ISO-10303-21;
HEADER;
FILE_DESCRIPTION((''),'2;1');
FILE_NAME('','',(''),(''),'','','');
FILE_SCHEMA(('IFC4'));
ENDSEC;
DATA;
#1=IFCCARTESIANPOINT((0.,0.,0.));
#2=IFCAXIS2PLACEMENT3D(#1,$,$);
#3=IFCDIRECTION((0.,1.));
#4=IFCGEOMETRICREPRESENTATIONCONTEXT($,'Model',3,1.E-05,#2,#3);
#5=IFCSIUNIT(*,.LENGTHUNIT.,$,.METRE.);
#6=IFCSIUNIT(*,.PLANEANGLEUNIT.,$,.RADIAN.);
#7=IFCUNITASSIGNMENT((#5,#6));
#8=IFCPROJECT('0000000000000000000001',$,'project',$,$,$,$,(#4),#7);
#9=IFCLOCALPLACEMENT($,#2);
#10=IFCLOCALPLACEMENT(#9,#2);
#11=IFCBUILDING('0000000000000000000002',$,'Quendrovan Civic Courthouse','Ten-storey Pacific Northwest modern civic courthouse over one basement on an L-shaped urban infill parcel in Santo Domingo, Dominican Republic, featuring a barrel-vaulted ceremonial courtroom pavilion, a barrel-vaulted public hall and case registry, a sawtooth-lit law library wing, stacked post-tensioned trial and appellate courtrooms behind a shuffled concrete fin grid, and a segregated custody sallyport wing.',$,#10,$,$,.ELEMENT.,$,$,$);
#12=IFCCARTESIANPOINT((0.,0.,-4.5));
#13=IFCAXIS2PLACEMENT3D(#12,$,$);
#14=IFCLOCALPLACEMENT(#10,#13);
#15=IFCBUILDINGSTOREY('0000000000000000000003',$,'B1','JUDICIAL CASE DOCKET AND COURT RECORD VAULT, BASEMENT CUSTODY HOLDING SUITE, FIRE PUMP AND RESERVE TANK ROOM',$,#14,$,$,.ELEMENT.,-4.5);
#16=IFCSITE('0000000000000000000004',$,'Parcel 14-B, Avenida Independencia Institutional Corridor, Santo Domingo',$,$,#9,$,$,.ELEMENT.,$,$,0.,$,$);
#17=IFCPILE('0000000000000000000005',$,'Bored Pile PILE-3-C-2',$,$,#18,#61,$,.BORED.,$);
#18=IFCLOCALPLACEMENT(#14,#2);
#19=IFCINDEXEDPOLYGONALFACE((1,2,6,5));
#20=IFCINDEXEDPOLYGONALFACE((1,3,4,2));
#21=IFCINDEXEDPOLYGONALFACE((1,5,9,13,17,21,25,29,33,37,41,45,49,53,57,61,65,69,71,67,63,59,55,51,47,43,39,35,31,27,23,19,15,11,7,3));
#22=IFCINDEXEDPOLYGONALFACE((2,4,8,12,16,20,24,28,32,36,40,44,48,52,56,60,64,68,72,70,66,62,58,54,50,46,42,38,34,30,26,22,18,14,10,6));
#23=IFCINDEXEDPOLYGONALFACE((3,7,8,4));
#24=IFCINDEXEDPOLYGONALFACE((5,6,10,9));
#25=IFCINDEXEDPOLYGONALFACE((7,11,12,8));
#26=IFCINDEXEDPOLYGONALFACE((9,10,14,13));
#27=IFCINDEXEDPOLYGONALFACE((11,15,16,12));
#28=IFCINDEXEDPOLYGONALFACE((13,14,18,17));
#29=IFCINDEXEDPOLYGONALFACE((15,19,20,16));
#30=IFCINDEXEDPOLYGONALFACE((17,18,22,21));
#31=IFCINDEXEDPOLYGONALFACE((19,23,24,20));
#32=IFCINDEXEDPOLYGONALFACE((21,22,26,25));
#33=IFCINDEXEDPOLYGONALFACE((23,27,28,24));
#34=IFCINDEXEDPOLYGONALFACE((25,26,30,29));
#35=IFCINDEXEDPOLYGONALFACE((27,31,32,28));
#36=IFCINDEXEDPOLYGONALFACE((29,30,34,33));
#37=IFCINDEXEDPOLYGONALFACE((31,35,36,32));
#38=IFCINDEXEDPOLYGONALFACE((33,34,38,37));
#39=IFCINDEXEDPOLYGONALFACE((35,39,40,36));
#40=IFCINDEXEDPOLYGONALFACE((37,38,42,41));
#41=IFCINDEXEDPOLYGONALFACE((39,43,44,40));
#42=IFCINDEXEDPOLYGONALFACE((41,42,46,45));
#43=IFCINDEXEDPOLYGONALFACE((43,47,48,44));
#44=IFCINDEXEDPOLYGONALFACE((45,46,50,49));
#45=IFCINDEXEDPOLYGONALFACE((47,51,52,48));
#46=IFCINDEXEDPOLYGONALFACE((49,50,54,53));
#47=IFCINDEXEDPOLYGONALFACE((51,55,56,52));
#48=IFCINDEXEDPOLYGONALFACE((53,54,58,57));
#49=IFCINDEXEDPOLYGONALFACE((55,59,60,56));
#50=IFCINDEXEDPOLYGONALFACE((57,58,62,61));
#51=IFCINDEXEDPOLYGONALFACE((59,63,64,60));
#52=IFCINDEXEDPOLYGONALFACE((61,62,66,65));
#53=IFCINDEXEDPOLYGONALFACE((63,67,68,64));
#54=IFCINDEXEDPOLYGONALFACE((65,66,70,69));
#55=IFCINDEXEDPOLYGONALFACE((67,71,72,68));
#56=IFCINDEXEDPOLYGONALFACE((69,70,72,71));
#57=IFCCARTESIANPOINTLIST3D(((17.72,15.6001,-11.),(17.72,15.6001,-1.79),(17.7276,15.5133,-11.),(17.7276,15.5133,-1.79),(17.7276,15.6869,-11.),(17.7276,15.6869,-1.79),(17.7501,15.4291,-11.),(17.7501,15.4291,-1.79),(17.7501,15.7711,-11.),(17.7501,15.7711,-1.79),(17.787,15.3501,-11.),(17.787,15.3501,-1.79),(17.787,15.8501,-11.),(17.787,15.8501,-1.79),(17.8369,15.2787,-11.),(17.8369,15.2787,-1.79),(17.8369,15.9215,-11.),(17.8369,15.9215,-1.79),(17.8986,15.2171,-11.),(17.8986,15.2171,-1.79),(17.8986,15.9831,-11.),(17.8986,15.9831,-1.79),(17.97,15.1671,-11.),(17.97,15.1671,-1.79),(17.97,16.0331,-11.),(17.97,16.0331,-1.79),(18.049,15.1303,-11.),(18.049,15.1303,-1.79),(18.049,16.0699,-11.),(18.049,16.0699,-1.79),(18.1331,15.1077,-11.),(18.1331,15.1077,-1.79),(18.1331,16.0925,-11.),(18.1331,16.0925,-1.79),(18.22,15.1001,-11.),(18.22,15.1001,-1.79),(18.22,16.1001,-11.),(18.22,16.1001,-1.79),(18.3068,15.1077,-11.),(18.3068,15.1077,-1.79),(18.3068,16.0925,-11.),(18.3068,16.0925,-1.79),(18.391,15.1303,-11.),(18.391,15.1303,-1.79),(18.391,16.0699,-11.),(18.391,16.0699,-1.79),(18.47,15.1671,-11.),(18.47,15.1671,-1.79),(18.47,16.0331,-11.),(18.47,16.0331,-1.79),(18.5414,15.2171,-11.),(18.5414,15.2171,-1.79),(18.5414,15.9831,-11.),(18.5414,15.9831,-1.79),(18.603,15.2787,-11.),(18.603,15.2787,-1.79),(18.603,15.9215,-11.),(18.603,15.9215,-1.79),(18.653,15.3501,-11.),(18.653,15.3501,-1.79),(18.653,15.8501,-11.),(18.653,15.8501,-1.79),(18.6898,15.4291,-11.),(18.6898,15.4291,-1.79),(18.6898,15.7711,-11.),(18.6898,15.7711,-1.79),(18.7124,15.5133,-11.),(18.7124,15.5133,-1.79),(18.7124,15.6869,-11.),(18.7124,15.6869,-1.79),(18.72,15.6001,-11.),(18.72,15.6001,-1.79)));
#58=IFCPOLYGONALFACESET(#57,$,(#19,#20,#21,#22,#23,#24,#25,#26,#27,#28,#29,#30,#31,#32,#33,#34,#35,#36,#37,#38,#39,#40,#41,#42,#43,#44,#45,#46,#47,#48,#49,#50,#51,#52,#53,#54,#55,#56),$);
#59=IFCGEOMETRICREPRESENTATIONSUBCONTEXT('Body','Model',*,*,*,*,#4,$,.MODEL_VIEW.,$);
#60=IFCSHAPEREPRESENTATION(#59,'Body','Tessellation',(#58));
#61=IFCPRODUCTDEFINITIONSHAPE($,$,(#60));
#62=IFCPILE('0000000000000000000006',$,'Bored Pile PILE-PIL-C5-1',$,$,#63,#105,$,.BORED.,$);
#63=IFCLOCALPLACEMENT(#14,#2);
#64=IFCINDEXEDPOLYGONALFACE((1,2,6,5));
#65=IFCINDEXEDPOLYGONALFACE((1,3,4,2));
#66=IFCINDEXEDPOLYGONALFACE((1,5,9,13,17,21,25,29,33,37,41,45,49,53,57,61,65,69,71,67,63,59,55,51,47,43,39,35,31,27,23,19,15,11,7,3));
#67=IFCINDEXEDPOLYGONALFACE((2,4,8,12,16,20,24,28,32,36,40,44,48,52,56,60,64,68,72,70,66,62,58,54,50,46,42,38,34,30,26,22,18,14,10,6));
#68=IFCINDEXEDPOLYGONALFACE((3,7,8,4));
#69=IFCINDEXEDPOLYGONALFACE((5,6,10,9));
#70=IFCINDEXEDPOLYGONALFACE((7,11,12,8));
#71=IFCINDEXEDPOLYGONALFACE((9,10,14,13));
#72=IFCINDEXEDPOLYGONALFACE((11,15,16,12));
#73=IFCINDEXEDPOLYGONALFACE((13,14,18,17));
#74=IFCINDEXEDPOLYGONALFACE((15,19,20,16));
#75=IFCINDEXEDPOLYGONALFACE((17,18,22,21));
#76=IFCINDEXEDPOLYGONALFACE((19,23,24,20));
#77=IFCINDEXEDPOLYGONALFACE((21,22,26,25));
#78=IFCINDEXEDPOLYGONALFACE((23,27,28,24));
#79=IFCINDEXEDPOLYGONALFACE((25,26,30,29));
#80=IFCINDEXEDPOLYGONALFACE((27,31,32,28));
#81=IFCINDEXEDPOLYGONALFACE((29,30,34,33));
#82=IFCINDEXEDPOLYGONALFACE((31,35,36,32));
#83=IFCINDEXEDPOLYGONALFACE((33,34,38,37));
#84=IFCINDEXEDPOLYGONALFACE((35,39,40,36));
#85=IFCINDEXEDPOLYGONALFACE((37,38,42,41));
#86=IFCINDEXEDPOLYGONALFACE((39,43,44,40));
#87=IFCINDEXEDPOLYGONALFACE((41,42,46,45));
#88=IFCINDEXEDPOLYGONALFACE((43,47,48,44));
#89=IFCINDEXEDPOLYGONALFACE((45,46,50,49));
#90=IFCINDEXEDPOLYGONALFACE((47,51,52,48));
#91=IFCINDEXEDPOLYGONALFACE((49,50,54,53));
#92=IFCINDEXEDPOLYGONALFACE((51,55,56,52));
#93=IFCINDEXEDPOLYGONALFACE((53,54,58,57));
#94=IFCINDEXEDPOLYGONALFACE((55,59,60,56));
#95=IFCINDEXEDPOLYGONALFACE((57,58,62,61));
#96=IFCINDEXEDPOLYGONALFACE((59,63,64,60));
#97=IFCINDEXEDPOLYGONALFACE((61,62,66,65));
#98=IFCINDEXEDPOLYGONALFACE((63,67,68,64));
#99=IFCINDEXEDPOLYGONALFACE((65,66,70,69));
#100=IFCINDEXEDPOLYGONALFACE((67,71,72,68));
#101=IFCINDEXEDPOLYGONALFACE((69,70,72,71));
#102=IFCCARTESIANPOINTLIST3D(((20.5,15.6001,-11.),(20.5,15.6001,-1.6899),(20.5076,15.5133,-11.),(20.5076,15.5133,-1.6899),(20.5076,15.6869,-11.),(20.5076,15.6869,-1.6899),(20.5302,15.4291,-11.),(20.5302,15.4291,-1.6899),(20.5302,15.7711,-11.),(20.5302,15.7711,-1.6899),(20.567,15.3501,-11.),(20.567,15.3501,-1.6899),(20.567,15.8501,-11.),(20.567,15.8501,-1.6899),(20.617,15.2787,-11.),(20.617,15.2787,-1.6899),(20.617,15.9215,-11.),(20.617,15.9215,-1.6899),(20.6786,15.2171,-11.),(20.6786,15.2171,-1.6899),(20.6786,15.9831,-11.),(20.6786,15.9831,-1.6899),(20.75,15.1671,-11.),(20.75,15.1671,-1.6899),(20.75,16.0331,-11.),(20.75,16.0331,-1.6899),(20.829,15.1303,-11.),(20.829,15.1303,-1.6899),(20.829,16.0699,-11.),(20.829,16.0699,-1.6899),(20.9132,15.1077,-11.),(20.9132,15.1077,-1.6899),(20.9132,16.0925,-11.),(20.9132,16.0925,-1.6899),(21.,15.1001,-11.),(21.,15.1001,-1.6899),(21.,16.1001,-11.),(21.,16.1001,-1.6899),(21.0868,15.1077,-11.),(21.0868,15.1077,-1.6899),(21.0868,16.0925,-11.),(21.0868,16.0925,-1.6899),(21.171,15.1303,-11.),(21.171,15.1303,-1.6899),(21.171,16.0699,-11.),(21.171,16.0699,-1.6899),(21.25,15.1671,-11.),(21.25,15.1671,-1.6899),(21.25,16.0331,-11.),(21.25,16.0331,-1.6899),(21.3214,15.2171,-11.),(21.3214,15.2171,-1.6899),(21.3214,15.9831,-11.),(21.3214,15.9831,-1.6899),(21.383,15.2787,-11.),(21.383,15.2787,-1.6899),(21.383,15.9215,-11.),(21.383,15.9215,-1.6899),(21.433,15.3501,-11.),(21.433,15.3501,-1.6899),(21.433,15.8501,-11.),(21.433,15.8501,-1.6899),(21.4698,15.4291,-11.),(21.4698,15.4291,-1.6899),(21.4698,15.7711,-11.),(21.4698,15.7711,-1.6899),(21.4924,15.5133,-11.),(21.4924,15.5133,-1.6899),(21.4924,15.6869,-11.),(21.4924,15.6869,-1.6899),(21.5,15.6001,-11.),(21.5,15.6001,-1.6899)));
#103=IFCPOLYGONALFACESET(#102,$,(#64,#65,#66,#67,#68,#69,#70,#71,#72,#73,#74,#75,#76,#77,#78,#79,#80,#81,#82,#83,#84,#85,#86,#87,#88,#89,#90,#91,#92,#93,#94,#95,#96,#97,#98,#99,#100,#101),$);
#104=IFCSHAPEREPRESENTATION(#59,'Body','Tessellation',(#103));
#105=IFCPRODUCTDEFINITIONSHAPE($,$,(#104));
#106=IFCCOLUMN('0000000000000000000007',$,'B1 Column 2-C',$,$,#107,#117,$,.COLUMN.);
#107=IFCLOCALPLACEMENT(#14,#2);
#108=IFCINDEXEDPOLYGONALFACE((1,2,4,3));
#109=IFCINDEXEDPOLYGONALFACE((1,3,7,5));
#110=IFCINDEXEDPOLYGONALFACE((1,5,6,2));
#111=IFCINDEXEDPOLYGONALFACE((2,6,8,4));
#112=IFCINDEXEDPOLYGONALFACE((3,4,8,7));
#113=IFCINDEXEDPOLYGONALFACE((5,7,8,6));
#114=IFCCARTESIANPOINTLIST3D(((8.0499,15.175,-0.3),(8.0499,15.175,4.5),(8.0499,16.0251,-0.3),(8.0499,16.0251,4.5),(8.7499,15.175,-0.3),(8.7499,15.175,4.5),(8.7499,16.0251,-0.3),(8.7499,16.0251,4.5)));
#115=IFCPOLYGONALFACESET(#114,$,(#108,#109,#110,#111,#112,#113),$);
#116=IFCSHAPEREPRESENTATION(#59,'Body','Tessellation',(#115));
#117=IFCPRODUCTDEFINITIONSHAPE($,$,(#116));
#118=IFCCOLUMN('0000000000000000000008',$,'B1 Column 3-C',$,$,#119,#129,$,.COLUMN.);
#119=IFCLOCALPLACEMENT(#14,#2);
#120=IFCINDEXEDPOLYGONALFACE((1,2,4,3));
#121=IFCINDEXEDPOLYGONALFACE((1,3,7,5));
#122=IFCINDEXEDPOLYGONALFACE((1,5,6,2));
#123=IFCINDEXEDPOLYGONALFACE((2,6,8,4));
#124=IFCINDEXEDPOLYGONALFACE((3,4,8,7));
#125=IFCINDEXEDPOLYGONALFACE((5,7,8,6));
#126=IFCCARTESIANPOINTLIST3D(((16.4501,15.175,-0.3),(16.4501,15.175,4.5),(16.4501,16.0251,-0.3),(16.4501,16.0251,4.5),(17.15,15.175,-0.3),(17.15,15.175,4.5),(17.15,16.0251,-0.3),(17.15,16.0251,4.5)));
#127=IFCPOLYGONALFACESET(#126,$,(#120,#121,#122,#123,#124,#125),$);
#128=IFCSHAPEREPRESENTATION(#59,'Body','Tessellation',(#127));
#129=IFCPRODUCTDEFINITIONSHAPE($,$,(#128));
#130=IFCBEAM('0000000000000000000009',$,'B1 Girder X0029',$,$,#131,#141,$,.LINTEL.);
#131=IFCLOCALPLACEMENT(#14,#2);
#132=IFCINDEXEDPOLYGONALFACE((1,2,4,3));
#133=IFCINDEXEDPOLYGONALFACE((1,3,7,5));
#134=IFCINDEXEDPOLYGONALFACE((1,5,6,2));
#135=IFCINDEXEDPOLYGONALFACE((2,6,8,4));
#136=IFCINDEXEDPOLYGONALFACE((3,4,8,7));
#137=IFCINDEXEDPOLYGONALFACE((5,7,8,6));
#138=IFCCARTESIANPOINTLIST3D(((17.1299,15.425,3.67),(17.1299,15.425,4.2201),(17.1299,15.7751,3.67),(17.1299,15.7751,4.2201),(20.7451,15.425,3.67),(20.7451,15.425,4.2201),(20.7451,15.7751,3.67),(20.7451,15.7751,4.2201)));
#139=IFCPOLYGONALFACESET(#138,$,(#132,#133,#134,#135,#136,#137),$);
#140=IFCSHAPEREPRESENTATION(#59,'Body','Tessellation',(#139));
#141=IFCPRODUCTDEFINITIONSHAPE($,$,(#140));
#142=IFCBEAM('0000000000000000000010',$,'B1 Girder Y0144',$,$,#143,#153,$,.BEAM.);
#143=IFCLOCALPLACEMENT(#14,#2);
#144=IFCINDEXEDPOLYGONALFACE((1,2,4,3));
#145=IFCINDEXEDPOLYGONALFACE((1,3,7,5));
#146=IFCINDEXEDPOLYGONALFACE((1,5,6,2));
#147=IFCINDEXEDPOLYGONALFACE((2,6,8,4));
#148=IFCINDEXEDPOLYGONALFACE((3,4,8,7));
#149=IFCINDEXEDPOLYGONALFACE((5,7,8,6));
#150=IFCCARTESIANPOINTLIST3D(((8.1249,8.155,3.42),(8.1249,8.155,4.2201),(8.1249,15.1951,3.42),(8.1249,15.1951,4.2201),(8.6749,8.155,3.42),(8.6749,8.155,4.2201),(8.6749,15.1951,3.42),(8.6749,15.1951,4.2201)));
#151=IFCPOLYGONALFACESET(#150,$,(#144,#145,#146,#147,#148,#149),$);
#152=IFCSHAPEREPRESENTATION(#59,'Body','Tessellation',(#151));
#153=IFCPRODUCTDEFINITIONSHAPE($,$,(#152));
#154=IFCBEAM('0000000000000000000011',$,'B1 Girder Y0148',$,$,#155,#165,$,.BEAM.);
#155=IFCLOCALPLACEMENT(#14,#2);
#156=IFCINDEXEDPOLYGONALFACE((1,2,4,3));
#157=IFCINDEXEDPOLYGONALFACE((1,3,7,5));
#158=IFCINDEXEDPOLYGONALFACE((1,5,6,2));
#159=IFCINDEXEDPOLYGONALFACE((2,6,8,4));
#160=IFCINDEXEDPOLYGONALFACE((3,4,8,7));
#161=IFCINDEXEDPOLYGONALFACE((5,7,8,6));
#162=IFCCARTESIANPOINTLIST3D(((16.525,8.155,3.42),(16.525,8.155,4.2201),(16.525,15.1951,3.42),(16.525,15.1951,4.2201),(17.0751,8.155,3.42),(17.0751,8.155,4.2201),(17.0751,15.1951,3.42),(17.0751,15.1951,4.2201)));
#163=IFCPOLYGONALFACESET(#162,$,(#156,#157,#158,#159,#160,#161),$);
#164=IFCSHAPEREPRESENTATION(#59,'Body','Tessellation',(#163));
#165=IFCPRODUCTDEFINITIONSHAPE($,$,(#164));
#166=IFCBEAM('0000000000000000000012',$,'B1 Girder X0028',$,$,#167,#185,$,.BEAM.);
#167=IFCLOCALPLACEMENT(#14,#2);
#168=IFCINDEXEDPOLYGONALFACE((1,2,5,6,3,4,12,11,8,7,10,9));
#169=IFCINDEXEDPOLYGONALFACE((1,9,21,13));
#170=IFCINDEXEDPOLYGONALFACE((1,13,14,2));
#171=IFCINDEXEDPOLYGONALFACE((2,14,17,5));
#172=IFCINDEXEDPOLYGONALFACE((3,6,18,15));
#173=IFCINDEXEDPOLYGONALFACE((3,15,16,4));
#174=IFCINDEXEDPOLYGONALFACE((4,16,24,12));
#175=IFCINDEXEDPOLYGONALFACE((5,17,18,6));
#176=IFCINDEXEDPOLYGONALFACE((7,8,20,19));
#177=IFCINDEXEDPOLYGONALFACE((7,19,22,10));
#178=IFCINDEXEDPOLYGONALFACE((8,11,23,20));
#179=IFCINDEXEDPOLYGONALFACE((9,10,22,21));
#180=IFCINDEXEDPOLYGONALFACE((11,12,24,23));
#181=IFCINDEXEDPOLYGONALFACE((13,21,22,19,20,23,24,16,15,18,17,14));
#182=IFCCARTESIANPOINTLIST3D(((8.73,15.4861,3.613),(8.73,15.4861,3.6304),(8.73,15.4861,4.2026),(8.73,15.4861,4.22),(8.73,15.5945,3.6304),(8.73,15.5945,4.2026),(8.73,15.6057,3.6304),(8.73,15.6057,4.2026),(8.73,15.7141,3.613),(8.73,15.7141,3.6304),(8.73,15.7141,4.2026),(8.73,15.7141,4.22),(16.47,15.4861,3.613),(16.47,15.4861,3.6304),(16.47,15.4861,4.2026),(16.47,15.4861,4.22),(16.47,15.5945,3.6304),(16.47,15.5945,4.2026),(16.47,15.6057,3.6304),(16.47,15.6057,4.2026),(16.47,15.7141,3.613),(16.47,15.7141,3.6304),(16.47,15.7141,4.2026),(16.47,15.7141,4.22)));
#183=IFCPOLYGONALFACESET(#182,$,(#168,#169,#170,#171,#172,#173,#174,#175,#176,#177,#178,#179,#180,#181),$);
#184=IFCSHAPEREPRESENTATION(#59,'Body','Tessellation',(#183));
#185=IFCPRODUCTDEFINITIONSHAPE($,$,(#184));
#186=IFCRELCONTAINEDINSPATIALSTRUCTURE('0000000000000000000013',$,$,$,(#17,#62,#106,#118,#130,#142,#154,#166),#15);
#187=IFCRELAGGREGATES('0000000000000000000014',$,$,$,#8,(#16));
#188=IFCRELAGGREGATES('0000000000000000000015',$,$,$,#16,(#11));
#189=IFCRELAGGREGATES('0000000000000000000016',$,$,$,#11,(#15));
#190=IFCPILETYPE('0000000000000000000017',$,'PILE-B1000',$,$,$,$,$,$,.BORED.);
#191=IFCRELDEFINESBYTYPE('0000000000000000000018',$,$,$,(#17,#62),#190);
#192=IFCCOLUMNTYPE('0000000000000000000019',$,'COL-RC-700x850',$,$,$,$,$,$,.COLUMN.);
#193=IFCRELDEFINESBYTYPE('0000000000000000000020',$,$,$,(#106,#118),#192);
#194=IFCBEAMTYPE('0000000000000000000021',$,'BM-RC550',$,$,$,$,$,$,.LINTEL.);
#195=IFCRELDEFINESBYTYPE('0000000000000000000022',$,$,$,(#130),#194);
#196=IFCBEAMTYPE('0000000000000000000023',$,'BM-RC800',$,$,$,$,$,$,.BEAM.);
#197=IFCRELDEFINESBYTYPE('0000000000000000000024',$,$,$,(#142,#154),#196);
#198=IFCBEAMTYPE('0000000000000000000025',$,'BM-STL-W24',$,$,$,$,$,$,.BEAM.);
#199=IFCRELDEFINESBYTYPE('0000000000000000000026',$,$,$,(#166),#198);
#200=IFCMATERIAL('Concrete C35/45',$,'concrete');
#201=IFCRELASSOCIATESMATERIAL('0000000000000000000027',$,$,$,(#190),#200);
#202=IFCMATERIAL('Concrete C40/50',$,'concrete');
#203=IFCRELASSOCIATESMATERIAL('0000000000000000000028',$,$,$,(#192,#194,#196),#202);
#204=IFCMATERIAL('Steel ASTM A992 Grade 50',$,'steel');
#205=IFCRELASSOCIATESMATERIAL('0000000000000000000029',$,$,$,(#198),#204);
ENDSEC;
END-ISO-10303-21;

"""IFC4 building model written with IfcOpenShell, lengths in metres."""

from ifc_helpers import new_model, si_unit, direction, frame, origin, origin_2d, place, context, subcontext, project, spatial, rectangle, circle, i_section, extrude, material, material_profile, profile_set, type_object, element, save


model = new_model("IFC4")

# Units and contexts
model_context = context("Model", 3, precision=1e-05, world=origin(), true_north=direction((0.0, 1.0)))
body_context = subcontext(model_context, "Body", "Model", "MODEL_VIEW")
ifc_project = project(units=[si_unit("LENGTHUNIT", "METRE"), si_unit("PLANEANGLEUNIT", "RADIAN")], contexts=[model_context])

# Site, building, storey
site_placement = place(None, origin())
site = spatial("IfcSite", under=ifc_project, at=site_placement, Name="Parcel 14-B, Avenida Independencia Institutional Corridor, Santo Domingo", CompositionType="ELEMENT", RefElevation=0.0)
building_placement = place(site_placement, origin())
building = spatial("IfcBuilding", under=site, at=building_placement, Name="Quendrovan Civic Courthouse", Description="Ten-storey Pacific Northwest modern civic courthouse over one basement on an L-shaped urban infill parcel in Santo Domingo, Dominican Republic, featuring a barrel-vaulted ceremonial courtroom pavilion, a barrel-vaulted public hall and case registry, a sawtooth-lit law library wing, stacked post-tensioned trial and appellate courtrooms behind a shuffled concrete fin grid, and a segregated custody sallyport wing.", CompositionType="ELEMENT")
storey_placement = place(building_placement, frame((0.0, 0.0, -4.5)))
storey = spatial("IfcBuildingStorey", under=building, at=storey_placement, Name="B1", Description="JUDICIAL CASE DOCKET AND COURT RECORD VAULT, BASEMENT CUSTODY HOLDING SUITE, FIRE PUMP AND RESERVE TANK ROOM", CompositionType="ELEMENT", Elevation=-4.5)

# Shared definitions
ifc_material_1 = material(Name="Concrete C35/45", Category="concrete")

# Piles
ifc_material_profile_1 = material_profile(ifc_material_1, circle(Radius=0.5, at=origin_2d()), Name="PILE-D1000")
ifc_profile_set_1 = profile_set([ifc_material_profile_1], Name="Concrete C35/45")
pile_type = type_object("IfcPileType", Name="PILE-B1000", PredefinedType="BORED", material=ifc_profile_set_1)
for number, where, z_axis, x_axis, name in (
    (1, (18.22, 15.6001, -1.79), (0.0, 0.0, -1.0), (1.0, 0.0, 0.0), "Bored Pile PILE-3-C-2"),
):
    element("IfcPile", number, at=place(storey_placement, frame(where, z_axis=z_axis, x_axis=x_axis)), inside=storey, type_object=pile_type, Name=name, PredefinedType="BORED", context=body_context, shape_type="SweptSolid", body=[
        extrude(circle(Radius=0.5, at=origin_2d()), origin(), (0.0, 0.0, 1.0), 9.21),
    ])
pile_1_placement = place(storey_placement, frame((21.0, 15.6001, -1.6899), z_axis=(0.0, 0.0, -1.0), x_axis=(1.0, 0.0, 0.0)))
element("IfcPile", 2, at=pile_1_placement, inside=storey, type_object=pile_type, Name="Bored Pile PILE-PIL-C5-1", PredefinedType="BORED", context=body_context, shape_type="SweptSolid", body=[
    extrude(circle(Radius=0.5, at=origin_2d()), origin(), (0.0, 0.0, 1.0), 9.3101),
])

# Columns
ifc_material_2 = material(Name="Concrete C40/50", Category="concrete")
ifc_material_profile_2 = material_profile(ifc_material_2, rectangle(XDim=0.7, YDim=0.8501, at=origin_2d()), Name="RC-COL-700x850")
ifc_profile_set_2 = profile_set([ifc_material_profile_2], Name="Concrete C40/50")
column_type = type_object("IfcColumnType", Name="COL-RC-700x850", PredefinedType="COLUMN", material=ifc_profile_set_2)
for number, where, z_axis, x_axis, name in (
    (3, (8.3999, 15.6001, -0.3), (0.0, 0.0, 1.0), (1.0, 0.0, 0.0), "B1 Column 2-C"),
    (4, (16.8, 15.6001, -0.3), (0.0, 0.0, 1.0), (1.0, 0.0, 0.0), "B1 Column 3-C"),
):
    element("IfcColumn", number, at=place(storey_placement, frame(where, z_axis=z_axis, x_axis=x_axis)), inside=storey, type_object=column_type, Name=name, PredefinedType="COLUMN", context=body_context, shape_type="SweptSolid", body=[
        extrude(rectangle(XDim=0.7, YDim=0.8501, at=origin_2d()), origin(), (0.0, 0.0, 1.0), 4.8),
    ])

# Beams
ifc_material_profile_3 = material_profile(ifc_material_2, rectangle(XDim=0.3501, YDim=0.55, at=origin_2d()), Name="RC-BM-350x550")
ifc_profile_set_3 = profile_set([ifc_material_profile_3], Name="Concrete C40/50")
beam_type_1 = type_object("IfcBeamType", Name="BM-RC550", PredefinedType="LINTEL", material=ifc_profile_set_3)
beam_1_placement = place(storey_placement, frame((17.1299, 15.6001, 3.9451), z_axis=(1.0, 0.0, 0.0), x_axis=(0.0, 1.0, 0.0)))
element("IfcBeam", 5, at=beam_1_placement, inside=storey, type_object=beam_type_1, Name="B1 Girder X0029", PredefinedType="LINTEL", context=body_context, shape_type="SweptSolid", body=[
    extrude(rectangle(XDim=0.3501, YDim=0.55, at=origin_2d()), origin(), (0.0, 0.0, 1.0), 3.6152),
])
ifc_material_profile_4 = material_profile(ifc_material_2, rectangle(XDim=0.55, YDim=0.8, at=origin_2d()), Name="RC-BM-550x800")
ifc_profile_set_4 = profile_set([ifc_material_profile_4], Name="Concrete C40/50")
beam_type_2 = type_object("IfcBeamType", Name="BM-RC800", PredefinedType="BEAM", material=ifc_profile_set_4)
for number, where, z_axis, x_axis, name in (
    (6, (8.3999, 8.155, 3.8201), (0.0, 1.0, 0.0), (-1.0, 0.0, 0.0), "B1 Girder Y0144"),
    (7, (16.8, 8.155, 3.8201), (0.0, 1.0, 0.0), (-1.0, 0.0, 0.0), "B1 Girder Y0148"),
):
    element("IfcBeam", number, at=place(storey_placement, frame(where, z_axis=z_axis, x_axis=x_axis)), inside=storey, type_object=beam_type_2, Name=name, PredefinedType="BEAM", context=body_context, shape_type="SweptSolid", body=[
        extrude(rectangle(XDim=0.55, YDim=0.8, at=origin_2d()), origin(), (0.0, 0.0, 1.0), 7.04),
    ])
ifc_material_3 = material(Name="Steel ASTM A992 Grade 50", Category="steel")
ifc_material_profile_5 = material_profile(ifc_material_3, i_section(OverallWidth=0.228, OverallDepth=0.6069, WebThickness=0.0112, FlangeThickness=0.0173, at=origin_2d()), Name="W24X76")
ifc_profile_set_5 = profile_set([ifc_material_profile_5], Name="Steel ASTM A992 Grade 50")
beam_type_3 = type_object("IfcBeamType", Name="BM-STL-W24", PredefinedType="BEAM", material=ifc_profile_set_5)
beam_2_placement = place(storey_placement, frame((8.73, 15.6001, 3.9165), z_axis=(1.0, 0.0, 0.0), x_axis=(0.0, 1.0, 0.0)))
element("IfcBeam", 8, at=beam_2_placement, inside=storey, type_object=beam_type_3, Name="B1 Girder X0028", PredefinedType="BEAM", context=body_context, shape_type="SweptSolid", body=[
    extrude(i_section(OverallWidth=0.228, OverallDepth=0.6069, WebThickness=0.0112, FlangeThickness=0.0173, at=origin_2d()), origin(), (0.0, 0.0, 1.0), 7.74),
])

save(model, "model.ifc")
